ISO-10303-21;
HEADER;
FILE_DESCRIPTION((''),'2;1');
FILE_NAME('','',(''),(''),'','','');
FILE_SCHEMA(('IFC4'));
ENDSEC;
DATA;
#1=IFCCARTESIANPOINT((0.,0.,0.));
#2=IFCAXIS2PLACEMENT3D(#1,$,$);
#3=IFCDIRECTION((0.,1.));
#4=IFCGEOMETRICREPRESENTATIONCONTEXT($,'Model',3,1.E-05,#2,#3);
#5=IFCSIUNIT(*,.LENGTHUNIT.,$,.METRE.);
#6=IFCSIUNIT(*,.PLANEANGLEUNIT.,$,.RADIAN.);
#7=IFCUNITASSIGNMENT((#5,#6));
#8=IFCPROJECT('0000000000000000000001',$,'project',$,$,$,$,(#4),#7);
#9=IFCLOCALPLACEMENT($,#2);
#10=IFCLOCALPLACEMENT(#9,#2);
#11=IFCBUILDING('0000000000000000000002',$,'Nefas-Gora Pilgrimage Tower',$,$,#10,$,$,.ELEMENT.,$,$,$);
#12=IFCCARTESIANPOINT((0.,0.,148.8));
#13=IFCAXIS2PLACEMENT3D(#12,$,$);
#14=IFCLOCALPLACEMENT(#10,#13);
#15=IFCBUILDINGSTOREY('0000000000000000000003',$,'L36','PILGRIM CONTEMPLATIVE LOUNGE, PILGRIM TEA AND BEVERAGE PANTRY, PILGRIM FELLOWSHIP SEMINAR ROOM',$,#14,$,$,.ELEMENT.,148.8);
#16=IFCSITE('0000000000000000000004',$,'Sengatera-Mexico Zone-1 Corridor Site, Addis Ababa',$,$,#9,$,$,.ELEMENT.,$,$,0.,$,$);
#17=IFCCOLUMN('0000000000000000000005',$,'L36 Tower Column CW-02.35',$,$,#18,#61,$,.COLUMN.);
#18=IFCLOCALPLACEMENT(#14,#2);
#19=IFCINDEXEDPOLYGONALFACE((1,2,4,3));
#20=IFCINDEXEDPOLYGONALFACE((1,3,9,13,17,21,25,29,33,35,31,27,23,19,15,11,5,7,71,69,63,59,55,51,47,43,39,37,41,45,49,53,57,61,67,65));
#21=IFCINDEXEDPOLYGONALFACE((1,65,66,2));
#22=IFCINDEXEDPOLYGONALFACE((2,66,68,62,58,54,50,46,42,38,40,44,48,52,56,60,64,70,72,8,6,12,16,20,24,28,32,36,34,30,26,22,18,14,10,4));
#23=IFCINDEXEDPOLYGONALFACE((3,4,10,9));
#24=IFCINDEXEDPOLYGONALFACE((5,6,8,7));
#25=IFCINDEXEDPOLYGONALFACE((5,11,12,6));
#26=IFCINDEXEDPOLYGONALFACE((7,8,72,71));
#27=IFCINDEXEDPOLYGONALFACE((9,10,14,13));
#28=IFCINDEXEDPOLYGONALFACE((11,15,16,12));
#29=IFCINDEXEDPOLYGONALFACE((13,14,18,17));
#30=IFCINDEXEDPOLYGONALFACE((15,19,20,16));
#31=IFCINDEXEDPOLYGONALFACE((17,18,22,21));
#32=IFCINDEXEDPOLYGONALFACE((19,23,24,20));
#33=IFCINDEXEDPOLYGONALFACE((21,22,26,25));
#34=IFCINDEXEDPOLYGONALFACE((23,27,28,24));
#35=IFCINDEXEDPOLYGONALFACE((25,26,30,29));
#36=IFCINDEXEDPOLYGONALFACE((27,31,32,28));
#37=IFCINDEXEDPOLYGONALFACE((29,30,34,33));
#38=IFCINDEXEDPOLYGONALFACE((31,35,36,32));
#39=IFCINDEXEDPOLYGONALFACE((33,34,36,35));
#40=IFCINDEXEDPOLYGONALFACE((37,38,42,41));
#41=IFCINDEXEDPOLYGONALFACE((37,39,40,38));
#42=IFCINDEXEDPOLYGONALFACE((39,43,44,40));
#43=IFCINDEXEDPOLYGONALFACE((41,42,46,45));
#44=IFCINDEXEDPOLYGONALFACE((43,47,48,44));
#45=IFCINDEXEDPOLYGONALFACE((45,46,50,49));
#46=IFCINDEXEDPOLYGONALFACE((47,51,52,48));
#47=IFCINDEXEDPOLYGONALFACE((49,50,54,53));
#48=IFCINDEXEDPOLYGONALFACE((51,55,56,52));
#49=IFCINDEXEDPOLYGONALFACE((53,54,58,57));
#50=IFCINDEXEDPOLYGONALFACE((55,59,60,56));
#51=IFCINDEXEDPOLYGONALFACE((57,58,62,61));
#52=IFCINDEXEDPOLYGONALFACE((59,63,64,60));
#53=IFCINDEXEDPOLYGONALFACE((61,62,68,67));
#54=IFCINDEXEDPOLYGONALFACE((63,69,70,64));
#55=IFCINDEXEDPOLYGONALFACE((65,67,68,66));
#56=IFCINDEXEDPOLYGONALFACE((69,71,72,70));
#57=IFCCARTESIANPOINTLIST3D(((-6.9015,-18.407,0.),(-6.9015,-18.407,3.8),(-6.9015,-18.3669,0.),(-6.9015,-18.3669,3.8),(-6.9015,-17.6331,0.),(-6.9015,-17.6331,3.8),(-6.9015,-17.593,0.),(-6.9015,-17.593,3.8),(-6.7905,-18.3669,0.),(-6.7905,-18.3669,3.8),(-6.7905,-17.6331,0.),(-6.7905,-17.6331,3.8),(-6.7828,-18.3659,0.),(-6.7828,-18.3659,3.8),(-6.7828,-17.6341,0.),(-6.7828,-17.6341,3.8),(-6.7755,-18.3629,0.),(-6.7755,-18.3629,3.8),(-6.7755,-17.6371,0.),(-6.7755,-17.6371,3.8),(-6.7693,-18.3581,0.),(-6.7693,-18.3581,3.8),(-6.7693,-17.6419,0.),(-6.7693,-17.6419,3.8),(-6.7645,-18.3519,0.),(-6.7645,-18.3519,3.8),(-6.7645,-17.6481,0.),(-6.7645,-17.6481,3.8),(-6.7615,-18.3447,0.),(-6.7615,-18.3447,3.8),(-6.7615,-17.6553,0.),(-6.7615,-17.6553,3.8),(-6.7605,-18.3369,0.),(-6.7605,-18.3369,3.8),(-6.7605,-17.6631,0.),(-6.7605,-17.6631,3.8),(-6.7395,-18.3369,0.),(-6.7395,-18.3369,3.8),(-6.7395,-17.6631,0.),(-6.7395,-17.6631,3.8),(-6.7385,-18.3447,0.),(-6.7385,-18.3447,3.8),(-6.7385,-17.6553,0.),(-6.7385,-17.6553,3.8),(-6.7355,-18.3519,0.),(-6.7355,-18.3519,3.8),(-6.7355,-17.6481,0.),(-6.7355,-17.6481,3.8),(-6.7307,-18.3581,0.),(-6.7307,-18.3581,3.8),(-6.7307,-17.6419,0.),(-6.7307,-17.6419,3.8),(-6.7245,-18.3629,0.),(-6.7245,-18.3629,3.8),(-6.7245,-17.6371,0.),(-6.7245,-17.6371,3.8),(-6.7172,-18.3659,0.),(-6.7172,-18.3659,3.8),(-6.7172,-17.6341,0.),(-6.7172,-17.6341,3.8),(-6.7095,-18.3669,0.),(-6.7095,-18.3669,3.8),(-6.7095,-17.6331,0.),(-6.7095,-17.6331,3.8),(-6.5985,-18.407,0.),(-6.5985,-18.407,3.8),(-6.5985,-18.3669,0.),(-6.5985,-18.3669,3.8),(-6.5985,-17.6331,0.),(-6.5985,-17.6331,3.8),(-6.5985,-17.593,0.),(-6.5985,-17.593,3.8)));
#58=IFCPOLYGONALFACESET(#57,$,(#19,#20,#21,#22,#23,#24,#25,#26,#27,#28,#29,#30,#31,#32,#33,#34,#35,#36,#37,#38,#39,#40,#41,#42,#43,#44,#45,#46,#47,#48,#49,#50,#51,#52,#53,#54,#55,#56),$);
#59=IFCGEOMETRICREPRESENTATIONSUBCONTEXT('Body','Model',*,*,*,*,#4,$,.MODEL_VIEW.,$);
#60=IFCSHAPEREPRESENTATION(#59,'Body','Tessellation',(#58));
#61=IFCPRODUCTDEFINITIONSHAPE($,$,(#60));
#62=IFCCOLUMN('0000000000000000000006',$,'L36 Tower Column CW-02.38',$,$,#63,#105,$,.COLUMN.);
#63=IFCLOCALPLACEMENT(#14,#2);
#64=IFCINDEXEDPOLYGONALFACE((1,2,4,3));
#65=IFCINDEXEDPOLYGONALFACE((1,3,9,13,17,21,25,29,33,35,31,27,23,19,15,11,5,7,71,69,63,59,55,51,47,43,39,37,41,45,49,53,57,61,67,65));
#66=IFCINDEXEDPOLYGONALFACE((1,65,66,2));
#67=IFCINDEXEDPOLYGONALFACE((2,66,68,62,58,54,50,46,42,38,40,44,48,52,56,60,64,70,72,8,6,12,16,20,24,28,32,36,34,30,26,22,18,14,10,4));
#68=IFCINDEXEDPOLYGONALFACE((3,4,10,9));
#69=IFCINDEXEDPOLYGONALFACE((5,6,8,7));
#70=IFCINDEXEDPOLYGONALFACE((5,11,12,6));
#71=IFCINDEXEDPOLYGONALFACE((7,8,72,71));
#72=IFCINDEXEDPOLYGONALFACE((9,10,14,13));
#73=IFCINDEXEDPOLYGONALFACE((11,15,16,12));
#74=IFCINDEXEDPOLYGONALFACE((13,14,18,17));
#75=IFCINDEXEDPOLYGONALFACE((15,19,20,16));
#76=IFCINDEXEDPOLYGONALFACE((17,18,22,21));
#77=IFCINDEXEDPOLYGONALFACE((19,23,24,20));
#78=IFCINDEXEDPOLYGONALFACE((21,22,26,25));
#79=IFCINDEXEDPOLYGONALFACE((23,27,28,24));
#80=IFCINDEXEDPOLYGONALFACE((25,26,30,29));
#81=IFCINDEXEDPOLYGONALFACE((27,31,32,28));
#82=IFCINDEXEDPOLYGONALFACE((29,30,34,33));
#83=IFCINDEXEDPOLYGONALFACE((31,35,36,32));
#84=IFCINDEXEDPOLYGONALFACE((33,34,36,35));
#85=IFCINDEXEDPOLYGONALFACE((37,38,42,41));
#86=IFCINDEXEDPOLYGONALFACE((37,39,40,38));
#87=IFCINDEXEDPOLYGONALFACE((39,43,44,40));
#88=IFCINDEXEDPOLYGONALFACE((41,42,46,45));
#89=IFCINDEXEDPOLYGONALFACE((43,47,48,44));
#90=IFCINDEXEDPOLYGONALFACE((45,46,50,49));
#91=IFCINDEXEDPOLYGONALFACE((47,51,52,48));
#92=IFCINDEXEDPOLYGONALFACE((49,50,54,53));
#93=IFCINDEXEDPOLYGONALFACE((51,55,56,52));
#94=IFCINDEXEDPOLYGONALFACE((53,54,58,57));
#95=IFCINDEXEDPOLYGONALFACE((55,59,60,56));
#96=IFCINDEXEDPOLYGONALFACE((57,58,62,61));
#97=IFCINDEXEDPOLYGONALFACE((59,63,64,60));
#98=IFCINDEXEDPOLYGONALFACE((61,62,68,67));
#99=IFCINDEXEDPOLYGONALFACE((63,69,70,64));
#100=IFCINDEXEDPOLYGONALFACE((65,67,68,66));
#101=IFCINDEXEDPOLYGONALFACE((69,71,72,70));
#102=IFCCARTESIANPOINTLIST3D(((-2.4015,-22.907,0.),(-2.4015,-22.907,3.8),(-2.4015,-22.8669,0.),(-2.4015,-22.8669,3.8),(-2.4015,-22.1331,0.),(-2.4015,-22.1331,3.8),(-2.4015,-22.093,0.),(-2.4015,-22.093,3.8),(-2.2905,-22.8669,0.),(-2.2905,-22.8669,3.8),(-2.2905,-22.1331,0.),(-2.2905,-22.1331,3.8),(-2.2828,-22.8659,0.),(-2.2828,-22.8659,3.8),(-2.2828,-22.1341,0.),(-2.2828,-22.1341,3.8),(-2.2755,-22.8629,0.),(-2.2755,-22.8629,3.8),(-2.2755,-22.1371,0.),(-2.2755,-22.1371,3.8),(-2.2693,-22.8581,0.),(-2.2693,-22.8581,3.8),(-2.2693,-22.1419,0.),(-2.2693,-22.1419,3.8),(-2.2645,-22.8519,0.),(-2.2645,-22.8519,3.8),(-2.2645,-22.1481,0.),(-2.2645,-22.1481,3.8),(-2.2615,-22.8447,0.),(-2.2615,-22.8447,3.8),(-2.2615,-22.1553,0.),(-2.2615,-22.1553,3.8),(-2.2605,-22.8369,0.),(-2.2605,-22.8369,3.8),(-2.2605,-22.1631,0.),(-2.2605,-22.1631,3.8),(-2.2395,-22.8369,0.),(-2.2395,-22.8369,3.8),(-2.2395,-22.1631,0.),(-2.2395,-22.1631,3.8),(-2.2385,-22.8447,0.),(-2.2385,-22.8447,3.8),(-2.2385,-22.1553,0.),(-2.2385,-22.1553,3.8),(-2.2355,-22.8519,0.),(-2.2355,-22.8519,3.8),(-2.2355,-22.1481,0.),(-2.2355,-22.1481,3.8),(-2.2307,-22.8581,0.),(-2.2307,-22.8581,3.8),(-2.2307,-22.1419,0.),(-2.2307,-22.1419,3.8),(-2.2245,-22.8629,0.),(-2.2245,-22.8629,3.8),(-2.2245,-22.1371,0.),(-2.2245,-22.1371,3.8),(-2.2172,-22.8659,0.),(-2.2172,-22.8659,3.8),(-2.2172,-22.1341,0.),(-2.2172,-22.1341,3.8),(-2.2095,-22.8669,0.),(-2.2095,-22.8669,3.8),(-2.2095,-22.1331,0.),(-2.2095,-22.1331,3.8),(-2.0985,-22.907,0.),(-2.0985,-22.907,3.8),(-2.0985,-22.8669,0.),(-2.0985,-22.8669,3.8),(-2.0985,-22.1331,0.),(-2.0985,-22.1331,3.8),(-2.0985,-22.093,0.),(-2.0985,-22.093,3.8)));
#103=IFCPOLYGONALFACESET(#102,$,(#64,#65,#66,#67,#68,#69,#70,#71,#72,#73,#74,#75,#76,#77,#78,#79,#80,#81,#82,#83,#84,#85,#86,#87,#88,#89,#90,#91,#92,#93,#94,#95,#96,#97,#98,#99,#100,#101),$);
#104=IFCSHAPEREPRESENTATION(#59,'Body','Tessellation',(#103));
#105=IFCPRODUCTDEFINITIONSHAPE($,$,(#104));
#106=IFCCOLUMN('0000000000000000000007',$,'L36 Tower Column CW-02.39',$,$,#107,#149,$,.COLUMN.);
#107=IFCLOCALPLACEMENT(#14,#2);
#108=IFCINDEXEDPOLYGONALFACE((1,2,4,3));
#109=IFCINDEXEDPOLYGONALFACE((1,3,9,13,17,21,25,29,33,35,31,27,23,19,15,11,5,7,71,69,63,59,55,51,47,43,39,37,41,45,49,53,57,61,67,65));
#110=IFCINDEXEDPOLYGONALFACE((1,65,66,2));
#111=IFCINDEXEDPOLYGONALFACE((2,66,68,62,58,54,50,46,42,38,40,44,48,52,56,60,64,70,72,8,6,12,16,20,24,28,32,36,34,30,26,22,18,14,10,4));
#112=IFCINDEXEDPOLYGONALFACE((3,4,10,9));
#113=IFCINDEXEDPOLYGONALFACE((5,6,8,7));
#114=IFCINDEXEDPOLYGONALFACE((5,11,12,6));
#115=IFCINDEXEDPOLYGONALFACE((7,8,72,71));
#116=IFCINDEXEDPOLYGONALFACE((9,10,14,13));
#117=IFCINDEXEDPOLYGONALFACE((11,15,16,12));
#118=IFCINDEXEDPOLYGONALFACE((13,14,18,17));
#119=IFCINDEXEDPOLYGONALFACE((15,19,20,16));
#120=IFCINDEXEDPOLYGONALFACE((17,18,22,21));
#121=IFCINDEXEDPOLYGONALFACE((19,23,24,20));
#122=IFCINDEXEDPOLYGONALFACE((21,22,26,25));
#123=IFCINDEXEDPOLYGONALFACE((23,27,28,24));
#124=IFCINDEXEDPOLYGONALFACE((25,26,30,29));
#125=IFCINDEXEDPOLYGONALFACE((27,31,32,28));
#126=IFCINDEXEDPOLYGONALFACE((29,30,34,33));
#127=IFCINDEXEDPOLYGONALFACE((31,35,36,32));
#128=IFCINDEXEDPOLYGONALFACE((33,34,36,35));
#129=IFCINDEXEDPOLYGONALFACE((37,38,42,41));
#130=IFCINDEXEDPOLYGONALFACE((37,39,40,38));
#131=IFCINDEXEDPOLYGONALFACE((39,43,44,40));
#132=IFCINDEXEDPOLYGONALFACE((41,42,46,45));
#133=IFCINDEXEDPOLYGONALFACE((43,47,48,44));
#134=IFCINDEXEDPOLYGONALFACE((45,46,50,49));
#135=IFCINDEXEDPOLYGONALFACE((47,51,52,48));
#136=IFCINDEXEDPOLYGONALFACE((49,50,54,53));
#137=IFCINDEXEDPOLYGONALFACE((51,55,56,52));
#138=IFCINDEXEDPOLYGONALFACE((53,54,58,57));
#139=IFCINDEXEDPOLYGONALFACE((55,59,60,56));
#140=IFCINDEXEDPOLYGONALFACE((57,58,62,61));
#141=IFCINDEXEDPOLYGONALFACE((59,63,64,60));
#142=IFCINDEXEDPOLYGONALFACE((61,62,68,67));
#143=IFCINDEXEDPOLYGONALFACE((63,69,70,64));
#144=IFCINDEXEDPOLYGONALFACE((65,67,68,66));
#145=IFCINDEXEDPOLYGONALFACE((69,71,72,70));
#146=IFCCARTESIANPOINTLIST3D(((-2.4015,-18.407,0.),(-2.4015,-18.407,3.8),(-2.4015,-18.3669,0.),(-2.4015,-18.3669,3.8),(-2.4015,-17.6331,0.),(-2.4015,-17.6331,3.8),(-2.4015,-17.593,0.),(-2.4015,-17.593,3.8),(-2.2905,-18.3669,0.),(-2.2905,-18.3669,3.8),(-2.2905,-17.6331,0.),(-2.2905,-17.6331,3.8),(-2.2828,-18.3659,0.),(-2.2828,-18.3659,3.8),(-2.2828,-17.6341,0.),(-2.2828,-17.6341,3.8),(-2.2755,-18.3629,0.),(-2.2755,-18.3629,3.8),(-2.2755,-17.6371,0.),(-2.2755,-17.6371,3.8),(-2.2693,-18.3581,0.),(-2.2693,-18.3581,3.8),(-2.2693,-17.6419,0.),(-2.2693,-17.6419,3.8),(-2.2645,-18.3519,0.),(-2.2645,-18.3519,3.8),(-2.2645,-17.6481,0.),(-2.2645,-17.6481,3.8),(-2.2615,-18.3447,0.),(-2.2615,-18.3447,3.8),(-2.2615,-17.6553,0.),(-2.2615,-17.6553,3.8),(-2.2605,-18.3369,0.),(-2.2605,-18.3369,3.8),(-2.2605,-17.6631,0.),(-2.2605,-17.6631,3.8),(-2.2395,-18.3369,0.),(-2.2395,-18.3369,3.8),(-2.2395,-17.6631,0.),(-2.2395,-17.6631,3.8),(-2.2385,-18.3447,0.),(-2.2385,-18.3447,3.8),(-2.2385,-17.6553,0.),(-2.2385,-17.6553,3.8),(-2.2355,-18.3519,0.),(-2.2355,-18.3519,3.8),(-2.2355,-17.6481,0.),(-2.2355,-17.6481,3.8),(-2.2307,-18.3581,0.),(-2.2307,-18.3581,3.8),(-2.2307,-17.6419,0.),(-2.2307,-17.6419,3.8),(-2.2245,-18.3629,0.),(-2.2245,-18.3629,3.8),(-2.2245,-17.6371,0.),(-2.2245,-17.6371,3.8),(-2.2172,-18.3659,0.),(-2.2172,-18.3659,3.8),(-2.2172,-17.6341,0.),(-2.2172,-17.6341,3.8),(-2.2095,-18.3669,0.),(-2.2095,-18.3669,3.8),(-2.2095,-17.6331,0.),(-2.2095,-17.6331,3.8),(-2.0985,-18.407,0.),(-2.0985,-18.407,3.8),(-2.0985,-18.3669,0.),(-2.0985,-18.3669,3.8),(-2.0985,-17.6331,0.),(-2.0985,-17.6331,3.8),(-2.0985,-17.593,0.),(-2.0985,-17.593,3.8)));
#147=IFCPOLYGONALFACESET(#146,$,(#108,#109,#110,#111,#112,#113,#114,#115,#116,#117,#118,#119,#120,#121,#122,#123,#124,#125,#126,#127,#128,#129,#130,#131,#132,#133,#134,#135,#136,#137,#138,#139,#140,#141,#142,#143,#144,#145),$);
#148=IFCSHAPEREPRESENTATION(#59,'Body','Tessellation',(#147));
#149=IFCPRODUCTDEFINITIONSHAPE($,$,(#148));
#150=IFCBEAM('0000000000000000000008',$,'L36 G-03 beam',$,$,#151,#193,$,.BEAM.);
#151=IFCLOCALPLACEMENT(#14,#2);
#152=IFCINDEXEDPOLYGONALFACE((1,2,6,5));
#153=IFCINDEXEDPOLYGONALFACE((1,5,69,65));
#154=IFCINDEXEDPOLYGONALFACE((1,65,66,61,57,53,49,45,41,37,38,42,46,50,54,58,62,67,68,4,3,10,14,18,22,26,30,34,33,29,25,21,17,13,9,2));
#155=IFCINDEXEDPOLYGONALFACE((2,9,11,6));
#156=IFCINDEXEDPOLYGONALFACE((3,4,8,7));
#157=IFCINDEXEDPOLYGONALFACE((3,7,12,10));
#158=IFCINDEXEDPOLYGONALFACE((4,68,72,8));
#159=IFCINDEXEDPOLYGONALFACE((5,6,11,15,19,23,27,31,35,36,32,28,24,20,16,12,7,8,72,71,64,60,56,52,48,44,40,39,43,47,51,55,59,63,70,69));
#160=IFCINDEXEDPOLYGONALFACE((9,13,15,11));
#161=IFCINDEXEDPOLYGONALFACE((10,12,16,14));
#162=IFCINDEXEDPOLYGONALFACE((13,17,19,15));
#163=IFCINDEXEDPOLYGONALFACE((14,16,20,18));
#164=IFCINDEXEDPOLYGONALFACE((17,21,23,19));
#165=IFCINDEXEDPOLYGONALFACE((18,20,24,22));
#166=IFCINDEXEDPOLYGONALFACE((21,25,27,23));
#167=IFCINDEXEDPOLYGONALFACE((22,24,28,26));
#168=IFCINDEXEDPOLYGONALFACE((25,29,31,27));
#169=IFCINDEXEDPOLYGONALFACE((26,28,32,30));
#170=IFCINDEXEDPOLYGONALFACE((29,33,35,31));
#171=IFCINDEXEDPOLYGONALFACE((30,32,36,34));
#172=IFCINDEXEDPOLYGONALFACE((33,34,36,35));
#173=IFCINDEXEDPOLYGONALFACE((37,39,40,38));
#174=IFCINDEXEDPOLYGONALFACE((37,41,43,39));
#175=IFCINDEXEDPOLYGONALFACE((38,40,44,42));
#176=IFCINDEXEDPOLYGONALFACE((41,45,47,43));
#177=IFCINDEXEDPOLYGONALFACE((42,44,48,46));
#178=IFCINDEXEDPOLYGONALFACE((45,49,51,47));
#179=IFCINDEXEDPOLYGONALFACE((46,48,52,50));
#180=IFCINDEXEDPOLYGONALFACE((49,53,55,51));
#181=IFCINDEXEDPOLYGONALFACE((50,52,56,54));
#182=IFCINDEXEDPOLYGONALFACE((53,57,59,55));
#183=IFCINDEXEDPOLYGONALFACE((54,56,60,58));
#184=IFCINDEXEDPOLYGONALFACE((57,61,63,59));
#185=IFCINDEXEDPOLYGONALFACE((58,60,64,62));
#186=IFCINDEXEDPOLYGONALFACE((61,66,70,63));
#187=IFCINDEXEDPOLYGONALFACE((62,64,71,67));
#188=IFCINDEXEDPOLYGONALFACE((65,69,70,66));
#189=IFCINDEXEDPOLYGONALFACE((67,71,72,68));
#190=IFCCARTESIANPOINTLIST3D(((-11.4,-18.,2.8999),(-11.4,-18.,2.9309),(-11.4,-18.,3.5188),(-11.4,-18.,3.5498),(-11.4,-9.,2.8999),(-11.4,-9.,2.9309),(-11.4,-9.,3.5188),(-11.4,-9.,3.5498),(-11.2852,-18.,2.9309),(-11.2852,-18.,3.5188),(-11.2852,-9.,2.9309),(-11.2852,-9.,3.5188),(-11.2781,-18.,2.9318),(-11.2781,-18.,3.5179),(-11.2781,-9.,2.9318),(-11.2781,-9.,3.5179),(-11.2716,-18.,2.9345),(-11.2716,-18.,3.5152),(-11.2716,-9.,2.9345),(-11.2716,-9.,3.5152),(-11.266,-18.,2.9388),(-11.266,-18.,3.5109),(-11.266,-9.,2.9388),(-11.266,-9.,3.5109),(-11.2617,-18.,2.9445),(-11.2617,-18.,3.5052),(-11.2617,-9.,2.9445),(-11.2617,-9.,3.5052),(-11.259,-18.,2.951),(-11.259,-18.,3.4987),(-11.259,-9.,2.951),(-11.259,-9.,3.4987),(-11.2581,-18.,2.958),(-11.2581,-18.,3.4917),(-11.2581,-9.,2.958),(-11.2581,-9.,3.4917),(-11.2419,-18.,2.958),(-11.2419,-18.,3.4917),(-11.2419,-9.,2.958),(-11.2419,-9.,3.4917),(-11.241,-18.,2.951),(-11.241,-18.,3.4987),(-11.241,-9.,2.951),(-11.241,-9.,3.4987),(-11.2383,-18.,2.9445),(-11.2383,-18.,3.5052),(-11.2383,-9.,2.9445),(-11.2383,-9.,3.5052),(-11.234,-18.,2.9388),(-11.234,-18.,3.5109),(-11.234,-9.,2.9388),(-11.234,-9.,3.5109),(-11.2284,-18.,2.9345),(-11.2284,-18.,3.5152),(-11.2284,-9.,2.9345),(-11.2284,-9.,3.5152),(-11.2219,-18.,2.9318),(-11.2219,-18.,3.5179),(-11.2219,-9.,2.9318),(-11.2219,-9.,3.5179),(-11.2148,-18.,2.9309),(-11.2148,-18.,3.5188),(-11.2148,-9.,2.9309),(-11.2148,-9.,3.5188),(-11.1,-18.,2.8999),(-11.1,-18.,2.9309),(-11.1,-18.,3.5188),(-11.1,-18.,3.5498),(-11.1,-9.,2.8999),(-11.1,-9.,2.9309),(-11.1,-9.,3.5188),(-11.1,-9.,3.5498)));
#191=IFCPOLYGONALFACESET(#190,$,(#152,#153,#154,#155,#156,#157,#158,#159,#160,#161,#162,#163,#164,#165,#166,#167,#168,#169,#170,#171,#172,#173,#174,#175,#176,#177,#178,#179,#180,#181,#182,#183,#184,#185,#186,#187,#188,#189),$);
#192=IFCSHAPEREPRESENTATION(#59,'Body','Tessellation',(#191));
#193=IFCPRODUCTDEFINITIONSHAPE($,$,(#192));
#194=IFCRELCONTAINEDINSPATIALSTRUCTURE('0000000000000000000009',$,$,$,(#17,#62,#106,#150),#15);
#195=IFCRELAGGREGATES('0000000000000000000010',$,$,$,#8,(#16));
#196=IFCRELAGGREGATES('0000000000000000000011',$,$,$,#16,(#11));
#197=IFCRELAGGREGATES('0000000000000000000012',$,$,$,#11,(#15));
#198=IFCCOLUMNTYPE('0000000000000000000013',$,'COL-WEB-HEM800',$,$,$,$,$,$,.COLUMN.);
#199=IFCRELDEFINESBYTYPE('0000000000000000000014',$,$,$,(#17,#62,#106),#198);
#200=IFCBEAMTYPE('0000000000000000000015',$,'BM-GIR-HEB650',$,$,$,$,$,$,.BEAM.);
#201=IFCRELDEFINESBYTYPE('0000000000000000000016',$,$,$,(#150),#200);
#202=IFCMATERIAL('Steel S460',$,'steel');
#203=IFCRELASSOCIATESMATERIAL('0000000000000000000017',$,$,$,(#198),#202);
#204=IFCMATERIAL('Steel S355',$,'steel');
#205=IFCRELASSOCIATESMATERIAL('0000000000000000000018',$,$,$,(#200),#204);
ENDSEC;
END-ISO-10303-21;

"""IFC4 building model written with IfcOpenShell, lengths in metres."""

from ifc_helpers import new_model, si_unit, direction, frame, origin, origin_2d, place, context, subcontext, project, spatial, i_section, extrude, source, transform, mapped, material, material_profile, profile_set, type_object, element, save


model = new_model("IFC4")

# Units and contexts
model_context = context("Model", 3, precision=1e-05, world=origin(), true_north=direction((0.0, 1.0)))
body_context = subcontext(model_context, "Body", "Model", "MODEL_VIEW")
ifc_project = project(units=[si_unit("LENGTHUNIT", "METRE"), si_unit("PLANEANGLEUNIT", "RADIAN")], contexts=[model_context])

# Site, building, storey
site_placement = place(None, origin())
site = spatial("IfcSite", under=ifc_project, at=site_placement, Name="Sengatera-Mexico Zone-1 Corridor Site, Addis Ababa", CompositionType="ELEMENT", RefElevation=0.0)
building_placement = place(site_placement, origin())
building = spatial("IfcBuilding", under=site, at=building_placement, Name="Nefas-Gora Pilgrimage Tower", CompositionType="ELEMENT")
storey_placement = place(building_placement, frame((0.0, 0.0, 148.8)))
storey = spatial("IfcBuildingStorey", under=building, at=storey_placement, Name="L36", Description="PILGRIM CONTEMPLATIVE LOUNGE, PILGRIM TEA AND BEVERAGE PANTRY, PILGRIM FELLOWSHIP SEMINAR ROOM", CompositionType="ELEMENT", Elevation=148.8)

# Columns
ifc_material_1 = material(Name="Steel S460", Category="steel")
ifc_material_profile_1 = material_profile(ifc_material_1, i_section(OverallWidth=0.303, OverallDepth=0.814, WebThickness=0.021, FlangeThickness=0.04, FilletRadius=0.03, at=origin_2d()), Name="HEM 800")
ifc_profile_set_1 = profile_set([ifc_material_profile_1], Name="Steel S460")
column_type_1 = type_object("IfcColumnType", Name="COL-WEB-HEM800", PredefinedType="COLUMN", material=ifc_profile_set_1)
shared_shape_1 = source(origin(), body_context, "Body", "SweptSolid", [
    extrude(i_section(OverallWidth=0.303, OverallDepth=0.814, WebThickness=0.021, FlangeThickness=0.04, FilletRadius=0.03, at=origin_2d()), origin(), (0.0, 0.0, 1.0), 3.8),
])
for number, where, z_axis, x_axis, name in (
    (1, (-6.75, -18.0, 0.0), (0.0, 0.0, 1.0), (1.0, 0.0, 0.0), "L36 Tower Column CW-02.35"),
    (2, (-2.25, -22.5, 0.0), (0.0, 0.0, 1.0), (1.0, 0.0, 0.0), "L36 Tower Column CW-02.38"),
    (3, (-2.25, -18.0, 0.0), (0.0, 0.0, 1.0), (1.0, 0.0, 0.0), "L36 Tower Column CW-02.39"),
):
    element("IfcColumn", number, at=place(storey_placement, frame(where, z_axis=z_axis, x_axis=x_axis)), inside=storey, type_object=column_type_1, Name=name, PredefinedType="COLUMN", context=body_context, shape_type="MappedRepresentation", body=[
        mapped(shared_shape_1, transform((0.0, 0.0, 0.0), x_axis=(1.0, 0.0, 0.0), y_axis=(0.0, 1.0, 0.0), z_axis=(0.0, 0.0, 1.0), scale=1.0)),
    ])

# Beam
ifc_material_2 = material(Name="Steel S355", Category="steel")
ifc_material_profile_2 = material_profile(ifc_material_2, i_section(OverallWidth=0.3, OverallDepth=0.6499, WebThickness=0.0161, FlangeThickness=0.031, FilletRadius=0.0271, at=origin_2d()), Name="HEB 650")
ifc_profile_set_2 = profile_set([ifc_material_profile_2], Name="Steel S355")
beam_type = type_object("IfcBeamType", Name="BM-GIR-HEB650", PredefinedType="BEAM", material=ifc_profile_set_2)
shared_shape_2 = source(origin(), body_context, "Body", "SweptSolid", [
    extrude(i_section(OverallWidth=0.3, OverallDepth=0.6499, WebThickness=0.0161, FlangeThickness=0.031, FilletRadius=0.0271, at=origin_2d()), origin(), (0.0, 0.0, 1.0), 9.0),
])
beam_placement = place(storey_placement, frame((-11.25, -18.0, 3.2249), z_axis=(0.0, 1.0, 0.0), x_axis=(-1.0, 0.0, 0.0)))
element("IfcBeam", 4, at=beam_placement, inside=storey, type_object=beam_type, Name="L36 G-03 beam", PredefinedType="BEAM", context=body_context, shape_type="MappedRepresentation", body=[
    mapped(shared_shape_2, transform((0.0, 0.0, 0.0), x_axis=(1.0, 0.0, 0.0), y_axis=(0.0, 1.0, 0.0), z_axis=(0.0, 0.0, 1.0), scale=1.0)),
])

save(model, "model.ifc")
